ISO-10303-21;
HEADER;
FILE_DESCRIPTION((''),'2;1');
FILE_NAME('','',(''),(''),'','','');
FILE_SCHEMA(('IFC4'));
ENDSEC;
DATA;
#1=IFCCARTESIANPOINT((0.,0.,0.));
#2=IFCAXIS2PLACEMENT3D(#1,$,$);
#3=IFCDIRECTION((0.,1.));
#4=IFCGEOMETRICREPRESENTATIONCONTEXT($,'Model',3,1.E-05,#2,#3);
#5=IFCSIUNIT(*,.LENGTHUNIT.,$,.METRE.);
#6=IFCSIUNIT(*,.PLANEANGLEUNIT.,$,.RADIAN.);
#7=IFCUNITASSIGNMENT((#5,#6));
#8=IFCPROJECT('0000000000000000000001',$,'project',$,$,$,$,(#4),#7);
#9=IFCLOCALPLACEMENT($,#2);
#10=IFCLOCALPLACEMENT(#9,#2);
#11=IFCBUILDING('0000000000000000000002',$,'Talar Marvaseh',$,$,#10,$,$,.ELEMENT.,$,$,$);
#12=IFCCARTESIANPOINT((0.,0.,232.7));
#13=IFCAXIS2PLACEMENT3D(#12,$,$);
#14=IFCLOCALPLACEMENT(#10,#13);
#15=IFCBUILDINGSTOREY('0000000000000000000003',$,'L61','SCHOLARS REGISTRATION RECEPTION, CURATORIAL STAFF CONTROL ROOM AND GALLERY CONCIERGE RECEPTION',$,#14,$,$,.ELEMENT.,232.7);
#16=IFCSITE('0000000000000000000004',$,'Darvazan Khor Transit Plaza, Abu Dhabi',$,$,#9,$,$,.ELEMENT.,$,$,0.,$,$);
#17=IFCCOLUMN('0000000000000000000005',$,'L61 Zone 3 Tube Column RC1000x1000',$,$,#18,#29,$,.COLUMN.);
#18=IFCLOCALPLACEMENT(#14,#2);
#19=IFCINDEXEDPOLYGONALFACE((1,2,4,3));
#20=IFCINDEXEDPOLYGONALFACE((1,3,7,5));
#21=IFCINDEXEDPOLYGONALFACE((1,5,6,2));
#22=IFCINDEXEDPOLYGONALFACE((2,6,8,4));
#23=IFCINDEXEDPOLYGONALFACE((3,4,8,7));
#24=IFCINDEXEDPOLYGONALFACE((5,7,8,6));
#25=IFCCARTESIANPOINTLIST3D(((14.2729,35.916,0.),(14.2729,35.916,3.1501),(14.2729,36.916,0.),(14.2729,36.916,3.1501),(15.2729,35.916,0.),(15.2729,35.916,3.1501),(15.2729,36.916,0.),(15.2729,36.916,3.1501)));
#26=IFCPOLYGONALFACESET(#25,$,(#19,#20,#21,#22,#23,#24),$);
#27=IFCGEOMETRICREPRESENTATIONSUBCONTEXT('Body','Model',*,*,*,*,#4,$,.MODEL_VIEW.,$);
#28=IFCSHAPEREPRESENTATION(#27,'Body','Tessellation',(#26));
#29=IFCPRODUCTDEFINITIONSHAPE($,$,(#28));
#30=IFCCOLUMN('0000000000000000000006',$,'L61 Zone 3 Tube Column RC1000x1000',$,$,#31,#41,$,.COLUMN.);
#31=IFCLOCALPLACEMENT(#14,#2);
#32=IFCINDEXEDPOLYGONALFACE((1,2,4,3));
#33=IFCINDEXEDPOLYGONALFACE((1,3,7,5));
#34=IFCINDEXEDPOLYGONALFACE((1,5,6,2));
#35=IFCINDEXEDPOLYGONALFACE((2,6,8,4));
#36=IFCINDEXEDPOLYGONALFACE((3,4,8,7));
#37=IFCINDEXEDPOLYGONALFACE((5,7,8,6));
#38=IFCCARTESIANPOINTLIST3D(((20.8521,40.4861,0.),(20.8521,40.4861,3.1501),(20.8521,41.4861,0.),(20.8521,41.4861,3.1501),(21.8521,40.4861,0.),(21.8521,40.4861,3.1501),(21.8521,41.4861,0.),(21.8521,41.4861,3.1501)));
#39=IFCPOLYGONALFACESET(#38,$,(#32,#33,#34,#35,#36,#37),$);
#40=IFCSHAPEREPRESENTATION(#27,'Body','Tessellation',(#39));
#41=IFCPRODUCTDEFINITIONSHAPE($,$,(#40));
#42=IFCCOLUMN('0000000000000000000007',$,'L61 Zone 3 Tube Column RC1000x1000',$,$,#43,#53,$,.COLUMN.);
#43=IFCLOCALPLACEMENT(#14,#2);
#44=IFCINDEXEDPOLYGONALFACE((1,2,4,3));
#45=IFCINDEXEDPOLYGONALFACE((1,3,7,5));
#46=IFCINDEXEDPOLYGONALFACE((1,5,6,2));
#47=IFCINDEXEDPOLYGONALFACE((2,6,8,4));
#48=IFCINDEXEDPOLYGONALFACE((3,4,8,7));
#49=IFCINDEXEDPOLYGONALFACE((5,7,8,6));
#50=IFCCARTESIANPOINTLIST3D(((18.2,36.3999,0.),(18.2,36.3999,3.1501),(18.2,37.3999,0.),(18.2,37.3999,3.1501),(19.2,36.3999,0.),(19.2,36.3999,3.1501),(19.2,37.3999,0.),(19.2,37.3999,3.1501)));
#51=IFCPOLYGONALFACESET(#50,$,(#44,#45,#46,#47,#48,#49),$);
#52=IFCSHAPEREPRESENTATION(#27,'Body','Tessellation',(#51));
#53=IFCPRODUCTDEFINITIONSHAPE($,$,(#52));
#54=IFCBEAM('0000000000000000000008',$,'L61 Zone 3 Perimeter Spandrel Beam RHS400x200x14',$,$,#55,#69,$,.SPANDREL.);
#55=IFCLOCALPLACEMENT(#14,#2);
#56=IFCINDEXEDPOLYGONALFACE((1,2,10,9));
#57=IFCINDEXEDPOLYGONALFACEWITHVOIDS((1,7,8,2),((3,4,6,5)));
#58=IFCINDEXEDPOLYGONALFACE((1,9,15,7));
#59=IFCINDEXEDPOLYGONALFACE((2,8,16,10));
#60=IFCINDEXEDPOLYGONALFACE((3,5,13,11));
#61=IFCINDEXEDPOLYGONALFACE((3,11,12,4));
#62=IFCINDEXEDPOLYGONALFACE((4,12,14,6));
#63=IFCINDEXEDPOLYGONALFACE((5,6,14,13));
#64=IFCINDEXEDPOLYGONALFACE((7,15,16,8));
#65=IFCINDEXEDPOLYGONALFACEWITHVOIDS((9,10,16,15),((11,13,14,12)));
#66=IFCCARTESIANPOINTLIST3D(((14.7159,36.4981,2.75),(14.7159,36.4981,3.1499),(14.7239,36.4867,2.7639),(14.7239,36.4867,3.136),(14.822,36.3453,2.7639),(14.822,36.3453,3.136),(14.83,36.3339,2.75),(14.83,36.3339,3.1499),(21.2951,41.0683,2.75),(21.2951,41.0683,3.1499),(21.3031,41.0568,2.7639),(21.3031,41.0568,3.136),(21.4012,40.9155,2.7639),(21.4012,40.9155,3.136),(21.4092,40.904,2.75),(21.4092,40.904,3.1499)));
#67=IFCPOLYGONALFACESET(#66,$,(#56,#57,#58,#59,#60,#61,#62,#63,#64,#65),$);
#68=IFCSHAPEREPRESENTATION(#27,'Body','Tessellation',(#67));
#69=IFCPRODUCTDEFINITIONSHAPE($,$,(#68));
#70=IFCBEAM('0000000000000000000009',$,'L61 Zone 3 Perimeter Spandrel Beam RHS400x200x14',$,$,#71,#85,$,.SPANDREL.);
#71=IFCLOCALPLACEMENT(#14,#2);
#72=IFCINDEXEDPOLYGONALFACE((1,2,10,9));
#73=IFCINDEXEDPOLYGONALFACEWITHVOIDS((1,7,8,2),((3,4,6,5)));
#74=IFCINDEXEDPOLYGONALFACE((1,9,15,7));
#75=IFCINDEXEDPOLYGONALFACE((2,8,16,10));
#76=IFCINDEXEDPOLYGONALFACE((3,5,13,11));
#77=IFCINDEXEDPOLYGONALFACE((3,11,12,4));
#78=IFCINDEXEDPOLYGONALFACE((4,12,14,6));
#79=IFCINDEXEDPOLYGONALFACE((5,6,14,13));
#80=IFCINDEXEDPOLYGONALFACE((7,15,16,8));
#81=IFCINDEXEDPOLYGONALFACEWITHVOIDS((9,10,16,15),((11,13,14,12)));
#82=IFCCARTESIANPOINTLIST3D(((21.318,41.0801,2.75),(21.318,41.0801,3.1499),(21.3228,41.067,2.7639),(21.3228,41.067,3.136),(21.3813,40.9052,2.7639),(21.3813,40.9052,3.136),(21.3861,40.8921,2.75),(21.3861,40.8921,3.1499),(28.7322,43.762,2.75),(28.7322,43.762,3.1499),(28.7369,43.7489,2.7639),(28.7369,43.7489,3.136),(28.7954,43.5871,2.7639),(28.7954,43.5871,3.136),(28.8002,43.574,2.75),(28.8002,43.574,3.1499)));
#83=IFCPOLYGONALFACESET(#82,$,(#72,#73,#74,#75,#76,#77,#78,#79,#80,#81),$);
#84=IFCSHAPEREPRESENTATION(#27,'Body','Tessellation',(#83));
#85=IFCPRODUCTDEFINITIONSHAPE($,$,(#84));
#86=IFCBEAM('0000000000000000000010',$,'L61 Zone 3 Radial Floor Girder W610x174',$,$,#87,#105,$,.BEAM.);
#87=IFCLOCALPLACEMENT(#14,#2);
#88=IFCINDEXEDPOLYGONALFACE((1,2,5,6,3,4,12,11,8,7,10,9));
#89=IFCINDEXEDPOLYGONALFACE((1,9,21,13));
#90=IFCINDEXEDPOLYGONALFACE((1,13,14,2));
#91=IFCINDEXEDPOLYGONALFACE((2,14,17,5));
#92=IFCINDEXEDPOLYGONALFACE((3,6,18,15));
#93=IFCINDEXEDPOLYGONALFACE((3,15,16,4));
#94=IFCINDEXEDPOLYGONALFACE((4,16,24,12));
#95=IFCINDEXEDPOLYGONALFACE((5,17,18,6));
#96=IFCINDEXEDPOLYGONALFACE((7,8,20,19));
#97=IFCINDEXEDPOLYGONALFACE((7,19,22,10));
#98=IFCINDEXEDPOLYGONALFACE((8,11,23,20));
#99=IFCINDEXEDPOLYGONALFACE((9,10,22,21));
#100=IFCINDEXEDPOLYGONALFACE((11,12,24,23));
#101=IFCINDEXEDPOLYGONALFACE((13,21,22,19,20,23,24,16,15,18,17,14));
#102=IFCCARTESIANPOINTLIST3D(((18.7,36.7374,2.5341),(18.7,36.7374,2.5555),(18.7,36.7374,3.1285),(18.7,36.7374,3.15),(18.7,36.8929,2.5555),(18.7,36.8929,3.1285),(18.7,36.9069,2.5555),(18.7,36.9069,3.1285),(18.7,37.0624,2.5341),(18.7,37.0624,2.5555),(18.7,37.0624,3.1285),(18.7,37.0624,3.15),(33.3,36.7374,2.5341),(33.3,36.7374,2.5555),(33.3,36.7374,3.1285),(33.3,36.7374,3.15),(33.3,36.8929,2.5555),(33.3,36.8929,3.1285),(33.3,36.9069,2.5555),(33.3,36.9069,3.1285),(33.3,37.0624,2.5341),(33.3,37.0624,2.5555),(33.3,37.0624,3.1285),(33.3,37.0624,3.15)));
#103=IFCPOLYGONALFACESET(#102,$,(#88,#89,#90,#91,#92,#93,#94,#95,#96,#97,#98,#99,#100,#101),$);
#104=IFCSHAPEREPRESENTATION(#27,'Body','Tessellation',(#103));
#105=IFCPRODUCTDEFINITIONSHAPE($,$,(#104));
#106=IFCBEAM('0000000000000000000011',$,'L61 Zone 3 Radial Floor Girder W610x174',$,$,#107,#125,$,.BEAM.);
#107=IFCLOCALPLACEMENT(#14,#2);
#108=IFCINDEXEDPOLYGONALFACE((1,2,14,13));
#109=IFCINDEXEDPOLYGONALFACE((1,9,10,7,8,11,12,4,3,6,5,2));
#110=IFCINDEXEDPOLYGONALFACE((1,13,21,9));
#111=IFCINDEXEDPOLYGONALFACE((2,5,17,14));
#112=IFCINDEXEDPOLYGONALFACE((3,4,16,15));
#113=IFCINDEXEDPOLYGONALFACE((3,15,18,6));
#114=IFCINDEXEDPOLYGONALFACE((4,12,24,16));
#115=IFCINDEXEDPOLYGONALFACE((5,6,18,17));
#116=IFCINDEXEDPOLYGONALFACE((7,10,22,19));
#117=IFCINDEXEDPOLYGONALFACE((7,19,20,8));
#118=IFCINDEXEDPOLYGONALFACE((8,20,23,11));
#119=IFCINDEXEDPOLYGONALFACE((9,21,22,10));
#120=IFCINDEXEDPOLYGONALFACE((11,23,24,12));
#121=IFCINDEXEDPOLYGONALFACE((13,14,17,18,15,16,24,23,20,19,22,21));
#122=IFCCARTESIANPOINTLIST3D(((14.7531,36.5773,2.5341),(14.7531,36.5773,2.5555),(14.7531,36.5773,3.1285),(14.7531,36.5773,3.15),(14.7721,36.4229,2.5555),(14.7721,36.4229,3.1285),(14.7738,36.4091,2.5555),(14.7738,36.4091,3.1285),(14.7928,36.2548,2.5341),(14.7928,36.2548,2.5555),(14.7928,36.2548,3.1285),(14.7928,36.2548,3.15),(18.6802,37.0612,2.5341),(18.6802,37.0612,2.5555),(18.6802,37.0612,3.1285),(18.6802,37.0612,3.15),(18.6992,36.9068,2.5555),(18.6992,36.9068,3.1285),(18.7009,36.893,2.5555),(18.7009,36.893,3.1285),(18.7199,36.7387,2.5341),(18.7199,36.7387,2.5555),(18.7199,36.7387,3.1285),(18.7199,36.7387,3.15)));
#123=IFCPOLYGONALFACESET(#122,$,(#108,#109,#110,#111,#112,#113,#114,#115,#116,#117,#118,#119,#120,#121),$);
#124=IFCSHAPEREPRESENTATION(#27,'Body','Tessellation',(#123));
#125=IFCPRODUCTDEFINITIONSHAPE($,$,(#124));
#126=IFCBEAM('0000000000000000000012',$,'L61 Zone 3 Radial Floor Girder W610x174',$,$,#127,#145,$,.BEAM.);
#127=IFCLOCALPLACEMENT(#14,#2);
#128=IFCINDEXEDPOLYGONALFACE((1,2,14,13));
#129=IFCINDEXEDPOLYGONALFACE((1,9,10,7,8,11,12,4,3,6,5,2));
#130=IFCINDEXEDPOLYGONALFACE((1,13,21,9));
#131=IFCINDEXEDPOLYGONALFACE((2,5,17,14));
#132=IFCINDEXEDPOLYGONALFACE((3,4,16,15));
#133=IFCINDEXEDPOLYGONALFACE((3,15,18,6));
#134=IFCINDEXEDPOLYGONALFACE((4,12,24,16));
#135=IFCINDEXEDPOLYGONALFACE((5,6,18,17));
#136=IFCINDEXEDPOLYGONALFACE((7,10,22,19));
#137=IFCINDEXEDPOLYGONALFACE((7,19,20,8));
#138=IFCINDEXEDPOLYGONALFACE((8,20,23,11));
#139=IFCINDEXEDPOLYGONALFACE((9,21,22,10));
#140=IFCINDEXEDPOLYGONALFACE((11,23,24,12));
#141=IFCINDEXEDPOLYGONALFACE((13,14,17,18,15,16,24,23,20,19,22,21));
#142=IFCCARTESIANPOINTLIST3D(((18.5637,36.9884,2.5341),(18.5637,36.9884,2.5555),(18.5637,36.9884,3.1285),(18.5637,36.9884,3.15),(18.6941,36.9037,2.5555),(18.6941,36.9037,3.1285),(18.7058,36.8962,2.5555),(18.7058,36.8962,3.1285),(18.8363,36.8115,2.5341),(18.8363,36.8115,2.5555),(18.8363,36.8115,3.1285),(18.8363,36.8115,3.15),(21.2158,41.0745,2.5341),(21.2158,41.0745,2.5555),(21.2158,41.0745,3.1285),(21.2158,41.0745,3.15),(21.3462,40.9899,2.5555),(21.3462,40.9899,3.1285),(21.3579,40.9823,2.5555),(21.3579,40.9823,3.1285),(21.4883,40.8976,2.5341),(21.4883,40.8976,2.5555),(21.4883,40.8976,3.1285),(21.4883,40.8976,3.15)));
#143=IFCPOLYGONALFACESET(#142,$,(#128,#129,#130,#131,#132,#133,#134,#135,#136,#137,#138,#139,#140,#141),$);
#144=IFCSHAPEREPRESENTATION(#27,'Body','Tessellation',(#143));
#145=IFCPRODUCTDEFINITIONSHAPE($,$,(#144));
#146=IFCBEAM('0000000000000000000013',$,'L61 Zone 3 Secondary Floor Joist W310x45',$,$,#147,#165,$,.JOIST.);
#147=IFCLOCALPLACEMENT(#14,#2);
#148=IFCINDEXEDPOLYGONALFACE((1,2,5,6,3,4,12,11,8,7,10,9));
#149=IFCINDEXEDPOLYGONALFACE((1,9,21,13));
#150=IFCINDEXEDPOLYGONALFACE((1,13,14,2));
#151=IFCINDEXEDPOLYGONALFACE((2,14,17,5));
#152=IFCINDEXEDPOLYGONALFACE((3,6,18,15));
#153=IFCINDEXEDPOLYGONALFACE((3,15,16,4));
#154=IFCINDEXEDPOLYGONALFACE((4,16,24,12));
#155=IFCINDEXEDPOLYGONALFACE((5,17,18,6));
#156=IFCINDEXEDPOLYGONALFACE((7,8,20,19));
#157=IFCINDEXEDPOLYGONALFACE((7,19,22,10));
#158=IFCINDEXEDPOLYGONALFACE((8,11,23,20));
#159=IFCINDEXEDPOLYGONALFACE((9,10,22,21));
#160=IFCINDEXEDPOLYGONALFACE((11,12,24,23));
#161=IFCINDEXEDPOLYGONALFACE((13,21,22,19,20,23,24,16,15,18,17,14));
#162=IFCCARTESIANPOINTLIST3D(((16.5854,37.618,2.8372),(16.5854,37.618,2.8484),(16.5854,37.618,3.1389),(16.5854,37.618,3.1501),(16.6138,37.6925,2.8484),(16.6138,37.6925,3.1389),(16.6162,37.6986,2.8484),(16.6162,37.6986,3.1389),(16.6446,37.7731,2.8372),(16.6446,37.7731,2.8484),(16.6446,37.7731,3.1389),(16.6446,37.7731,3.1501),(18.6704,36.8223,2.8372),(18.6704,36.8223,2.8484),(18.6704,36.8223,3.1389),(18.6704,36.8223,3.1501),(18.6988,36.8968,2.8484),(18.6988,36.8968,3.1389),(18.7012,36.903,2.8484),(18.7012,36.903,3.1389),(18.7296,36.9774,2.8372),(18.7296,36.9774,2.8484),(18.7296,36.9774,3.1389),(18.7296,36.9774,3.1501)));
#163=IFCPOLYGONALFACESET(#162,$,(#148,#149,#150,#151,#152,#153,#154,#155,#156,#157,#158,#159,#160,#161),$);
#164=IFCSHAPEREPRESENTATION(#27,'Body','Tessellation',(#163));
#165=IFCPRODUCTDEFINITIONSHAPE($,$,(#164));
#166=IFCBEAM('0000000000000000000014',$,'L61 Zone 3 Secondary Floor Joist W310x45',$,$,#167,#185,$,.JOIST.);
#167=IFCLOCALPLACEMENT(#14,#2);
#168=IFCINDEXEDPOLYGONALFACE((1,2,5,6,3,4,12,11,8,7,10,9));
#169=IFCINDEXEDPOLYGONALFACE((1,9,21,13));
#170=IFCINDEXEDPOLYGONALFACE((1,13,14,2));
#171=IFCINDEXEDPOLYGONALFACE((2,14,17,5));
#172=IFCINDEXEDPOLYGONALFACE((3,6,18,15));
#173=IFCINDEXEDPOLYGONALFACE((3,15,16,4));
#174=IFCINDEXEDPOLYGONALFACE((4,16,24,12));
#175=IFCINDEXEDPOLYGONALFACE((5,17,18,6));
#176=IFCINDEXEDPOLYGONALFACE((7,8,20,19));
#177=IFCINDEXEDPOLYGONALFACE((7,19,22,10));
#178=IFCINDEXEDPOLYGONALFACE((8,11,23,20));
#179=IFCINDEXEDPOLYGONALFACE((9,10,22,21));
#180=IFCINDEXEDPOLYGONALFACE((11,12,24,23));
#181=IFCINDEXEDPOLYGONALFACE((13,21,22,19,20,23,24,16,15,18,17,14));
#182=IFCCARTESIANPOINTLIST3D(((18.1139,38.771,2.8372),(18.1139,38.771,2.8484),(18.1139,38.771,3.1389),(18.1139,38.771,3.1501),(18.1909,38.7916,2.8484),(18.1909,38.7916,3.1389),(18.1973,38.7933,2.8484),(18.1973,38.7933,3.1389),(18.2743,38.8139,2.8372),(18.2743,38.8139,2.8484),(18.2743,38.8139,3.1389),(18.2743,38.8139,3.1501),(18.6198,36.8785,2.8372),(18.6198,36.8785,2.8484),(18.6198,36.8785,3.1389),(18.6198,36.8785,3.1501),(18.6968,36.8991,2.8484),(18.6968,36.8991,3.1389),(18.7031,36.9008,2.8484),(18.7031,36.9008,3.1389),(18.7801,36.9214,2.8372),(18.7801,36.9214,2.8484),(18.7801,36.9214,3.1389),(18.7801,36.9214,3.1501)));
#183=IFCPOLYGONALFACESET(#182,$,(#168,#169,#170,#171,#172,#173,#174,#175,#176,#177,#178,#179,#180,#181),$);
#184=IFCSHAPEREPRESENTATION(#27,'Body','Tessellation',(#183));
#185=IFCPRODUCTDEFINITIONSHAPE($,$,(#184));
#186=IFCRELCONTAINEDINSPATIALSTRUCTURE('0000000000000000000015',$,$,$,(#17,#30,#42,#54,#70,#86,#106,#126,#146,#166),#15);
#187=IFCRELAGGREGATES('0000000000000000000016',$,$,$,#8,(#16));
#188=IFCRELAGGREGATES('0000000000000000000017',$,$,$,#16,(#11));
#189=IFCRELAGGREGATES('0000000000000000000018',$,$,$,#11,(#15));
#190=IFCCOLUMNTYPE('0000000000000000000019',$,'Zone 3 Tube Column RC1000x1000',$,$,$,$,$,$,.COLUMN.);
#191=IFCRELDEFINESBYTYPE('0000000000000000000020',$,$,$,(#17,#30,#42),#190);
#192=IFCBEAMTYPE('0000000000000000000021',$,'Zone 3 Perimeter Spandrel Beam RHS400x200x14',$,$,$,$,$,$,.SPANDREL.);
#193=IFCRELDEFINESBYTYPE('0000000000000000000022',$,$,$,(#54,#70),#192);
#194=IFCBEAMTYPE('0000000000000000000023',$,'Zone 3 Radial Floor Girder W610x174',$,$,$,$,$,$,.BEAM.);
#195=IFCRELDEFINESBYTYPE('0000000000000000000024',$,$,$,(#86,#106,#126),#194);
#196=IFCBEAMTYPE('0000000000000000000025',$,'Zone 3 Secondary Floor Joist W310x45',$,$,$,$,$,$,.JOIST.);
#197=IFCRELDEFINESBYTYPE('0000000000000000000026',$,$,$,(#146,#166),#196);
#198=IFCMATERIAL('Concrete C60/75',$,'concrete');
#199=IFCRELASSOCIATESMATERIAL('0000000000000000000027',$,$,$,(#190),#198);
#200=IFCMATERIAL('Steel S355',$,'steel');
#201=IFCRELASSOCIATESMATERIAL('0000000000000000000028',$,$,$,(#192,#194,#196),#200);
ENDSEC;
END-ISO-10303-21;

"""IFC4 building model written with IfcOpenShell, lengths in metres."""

from ifc_helpers import new_model, si_unit, direction, frame, origin, origin_2d, place, context, subcontext, project, spatial, rectangle, hollow_rectangle, i_section, extrude, material, material_profile, profile_set, type_object, element, save


model = new_model("IFC4")

# Units and contexts
model_context = context("Model", 3, precision=1e-05, world=origin(), true_north=direction((0.0, 1.0)))
body_context = subcontext(model_context, "Body", "Model", "MODEL_VIEW")
ifc_project = project(units=[si_unit("LENGTHUNIT", "METRE"), si_unit("PLANEANGLEUNIT", "RADIAN")], contexts=[model_context])

# Site, building, storey
site_placement = place(None, origin())
site = spatial("IfcSite", under=ifc_project, at=site_placement, Name="Darvazan Khor Transit Plaza, Abu Dhabi", CompositionType="ELEMENT", RefElevation=0.0)
building_placement = place(site_placement, origin())
building = spatial("IfcBuilding", under=site, at=building_placement, Name="Talar Marvaseh", CompositionType="ELEMENT")
storey_placement = place(building_placement, frame((0.0, 0.0, 232.7)))
storey = spatial("IfcBuildingStorey", under=building, at=storey_placement, Name="L61", Description="SCHOLARS REGISTRATION RECEPTION, CURATORIAL STAFF CONTROL ROOM AND GALLERY CONCIERGE RECEPTION", CompositionType="ELEMENT", Elevation=232.7)

# Columns
ifc_material_1 = material(Name="Concrete C60/75", Category="concrete")
ifc_material_profile_1 = material_profile(ifc_material_1, rectangle(XDim=1.0, YDim=1.0, at=origin_2d()), Name="RC1000x1000")
ifc_profile_set_1 = profile_set([ifc_material_profile_1], Name="Concrete C60/75")
column_type = type_object("IfcColumnType", Name="Zone 3 Tube Column RC1000x1000", PredefinedType="COLUMN", material=ifc_profile_set_1)
for number, where, z_axis, x_axis, name in (
    (1, (14.7729, 36.416, 0.0), (0.0, 0.0, 1.0), (1.0, 0.0, 0.0), "L61 Zone 3 Tube Column RC1000x1000"),
    (2, (21.3521, 40.9861, 0.0), (0.0, 0.0, 1.0), (1.0, 0.0, 0.0), "L61 Zone 3 Tube Column RC1000x1000"),
    (3, (18.7, 36.8999, 0.0), (0.0, 0.0, 1.0), (1.0, 0.0, 0.0), "L61 Zone 3 Tube Column RC1000x1000"),
):
    element("IfcColumn", number, at=place(storey_placement, frame(where, z_axis=z_axis, x_axis=x_axis)), inside=storey, type_object=column_type, Name=name, PredefinedType="COLUMN", context=body_context, shape_type="SweptSolid", body=[
        extrude(rectangle(XDim=1.0, YDim=1.0, at=origin_2d()), origin(), (0.0, 0.0, 1.0), 3.1501),
    ])

# Beams
ifc_material_2 = material(Name="Steel S355", Category="steel")
ifc_material_profile_2 = material_profile(ifc_material_2, hollow_rectangle(XDim=0.2, YDim=0.3999, WallThickness=0.0139, at=origin_2d()), Name="RHS400x200x14")
ifc_profile_set_2 = profile_set([ifc_material_profile_2], Name="Steel S355")
beam_type_1 = type_object("IfcBeamType", Name="Zone 3 Perimeter Spandrel Beam RHS400x200x14", PredefinedType="SPANDREL", material=ifc_profile_set_2)
beam_1_placement = place(storey_placement, frame((14.7729, 36.416, 2.95), z_axis=(0.821297, 0.570501, 0.0), x_axis=(-0.570501, 0.821297, 0.0)))
element("IfcBeam", 4, at=beam_1_placement, inside=storey, type_object=beam_type_1, Name="L61 Zone 3 Perimeter Spandrel Beam RHS400x200x14", PredefinedType="SPANDREL", context=body_context, shape_type="SweptSolid", body=[
    extrude(hollow_rectangle(XDim=0.2, YDim=0.3999, WallThickness=0.0139, at=origin_2d()), origin(), (0.0, 0.0, 1.0), 8.0107),
])
beam_2_placement = place(storey_placement, frame((21.3521, 40.9861, 2.95), z_axis=(0.940368, 0.340159, 0.0), x_axis=(-0.340159, 0.940368, 0.0)))
element("IfcBeam", 5, at=beam_2_placement, inside=storey, type_object=beam_type_1, Name="L61 Zone 3 Perimeter Spandrel Beam RHS400x200x14", PredefinedType="SPANDREL", context=body_context, shape_type="SweptSolid", body=[
    extrude(hollow_rectangle(XDim=0.2, YDim=0.3999, WallThickness=0.0139, at=origin_2d()), origin(), (0.0, 0.0, 1.0), 7.8843),
])
ifc_material_profile_3 = material_profile(ifc_material_2, i_section(OverallWidth=0.325, OverallDepth=0.616, WebThickness=0.0139, FlangeThickness=0.0215, at=origin_2d()), Name="W610x174")
ifc_profile_set_3 = profile_set([ifc_material_profile_3], Name="Steel S355")
beam_type_2 = type_object("IfcBeamType", Name="Zone 3 Radial Floor Girder W610x174", PredefinedType="BEAM", material=ifc_profile_set_3)
beam_3_placement = place(storey_placement, frame((18.7, 36.8999, 2.842), z_axis=(1.0, 0.0, 0.0), x_axis=(0.0, 1.0, 0.0)))
element("IfcBeam", 6, at=beam_3_placement, inside=storey, type_object=beam_type_2, Name="L61 Zone 3 Radial Floor Girder W610x174", PredefinedType="BEAM", context=body_context, shape_type="SweptSolid", body=[
    extrude(i_section(OverallWidth=0.325, OverallDepth=0.616, WebThickness=0.0139, FlangeThickness=0.0215, at=origin_2d()), origin(), (0.0, 0.0, 1.0), 14.6001),
])
beam_4_placement = place(storey_placement, frame((14.7729, 36.416, 2.842), z_axis=(0.992494, 0.122295, 0.0), x_axis=(-0.122295, 0.992494, 0.0)))
element("IfcBeam", 7, at=beam_4_placement, inside=storey, type_object=beam_type_2, Name="L61 Zone 3 Radial Floor Girder W610x174", PredefinedType="BEAM", context=body_context, shape_type="SweptSolid", body=[
    extrude(i_section(OverallWidth=0.325, OverallDepth=0.616, WebThickness=0.0139, FlangeThickness=0.0215, at=origin_2d()), origin(), (0.0, 0.0, 1.0), 3.9568),
])
beam_5_placement = place(storey_placement, frame((21.3521, 40.9861, 2.842), z_axis=(-0.544423, -0.838811, 0.0), x_axis=(0.838811, -0.544423, 0.0)))
element("IfcBeam", 8, at=beam_5_placement, inside=storey, type_object=beam_type_2, Name="L61 Zone 3 Radial Floor Girder W610x174", PredefinedType="BEAM", context=body_context, shape_type="SweptSolid", body=[
    extrude(i_section(OverallWidth=0.325, OverallDepth=0.616, WebThickness=0.0139, FlangeThickness=0.0215, at=origin_2d()), origin(), (0.0, 0.0, 1.0), 4.8713),
])
ifc_material_profile_4 = material_profile(ifc_material_2, i_section(OverallWidth=0.166, OverallDepth=0.313, WebThickness=0.0066, FlangeThickness=0.0112, at=origin_2d()), Name="W310x45")
ifc_profile_set_4 = profile_set([ifc_material_profile_4], Name="Steel S355")
beam_type_3 = type_object("IfcBeamType", Name="Zone 3 Secondary Floor Joist W310x45", PredefinedType="JOIST", material=ifc_profile_set_4)
beam_6_placement = place(storey_placement, frame((16.615, 37.6956, 2.9937), z_axis=(0.934281, -0.356537, 0.0), x_axis=(0.356537, 0.934281, 0.0)))
element("IfcBeam", 9, at=beam_6_placement, inside=storey, type_object=beam_type_3, Name="L61 Zone 3 Secondary Floor Joist W310x45", PredefinedType="JOIST", context=body_context, shape_type="SweptSolid", body=[
    extrude(i_section(OverallWidth=0.166, OverallDepth=0.313, WebThickness=0.0066, FlangeThickness=0.0112, at=origin_2d()), origin(), (0.0, 0.0, 1.0), 2.2317),
])
beam_7_placement = place(storey_placement, frame((18.1941, 38.7925, 2.9937), z_axis=(0.258221, -0.966086, 0.0), x_axis=(0.966086, 0.258221, 0.0)))
element("IfcBeam", 10, at=beam_7_placement, inside=storey, type_object=beam_type_3, Name="L61 Zone 3 Secondary Floor Joist W310x45", PredefinedType="JOIST", context=body_context, shape_type="SweptSolid", body=[
    extrude(i_section(OverallWidth=0.166, OverallDepth=0.313, WebThickness=0.0066, FlangeThickness=0.0112, at=origin_2d()), origin(), (0.0, 0.0, 1.0), 1.959),
])

save(model, "model.ifc")
